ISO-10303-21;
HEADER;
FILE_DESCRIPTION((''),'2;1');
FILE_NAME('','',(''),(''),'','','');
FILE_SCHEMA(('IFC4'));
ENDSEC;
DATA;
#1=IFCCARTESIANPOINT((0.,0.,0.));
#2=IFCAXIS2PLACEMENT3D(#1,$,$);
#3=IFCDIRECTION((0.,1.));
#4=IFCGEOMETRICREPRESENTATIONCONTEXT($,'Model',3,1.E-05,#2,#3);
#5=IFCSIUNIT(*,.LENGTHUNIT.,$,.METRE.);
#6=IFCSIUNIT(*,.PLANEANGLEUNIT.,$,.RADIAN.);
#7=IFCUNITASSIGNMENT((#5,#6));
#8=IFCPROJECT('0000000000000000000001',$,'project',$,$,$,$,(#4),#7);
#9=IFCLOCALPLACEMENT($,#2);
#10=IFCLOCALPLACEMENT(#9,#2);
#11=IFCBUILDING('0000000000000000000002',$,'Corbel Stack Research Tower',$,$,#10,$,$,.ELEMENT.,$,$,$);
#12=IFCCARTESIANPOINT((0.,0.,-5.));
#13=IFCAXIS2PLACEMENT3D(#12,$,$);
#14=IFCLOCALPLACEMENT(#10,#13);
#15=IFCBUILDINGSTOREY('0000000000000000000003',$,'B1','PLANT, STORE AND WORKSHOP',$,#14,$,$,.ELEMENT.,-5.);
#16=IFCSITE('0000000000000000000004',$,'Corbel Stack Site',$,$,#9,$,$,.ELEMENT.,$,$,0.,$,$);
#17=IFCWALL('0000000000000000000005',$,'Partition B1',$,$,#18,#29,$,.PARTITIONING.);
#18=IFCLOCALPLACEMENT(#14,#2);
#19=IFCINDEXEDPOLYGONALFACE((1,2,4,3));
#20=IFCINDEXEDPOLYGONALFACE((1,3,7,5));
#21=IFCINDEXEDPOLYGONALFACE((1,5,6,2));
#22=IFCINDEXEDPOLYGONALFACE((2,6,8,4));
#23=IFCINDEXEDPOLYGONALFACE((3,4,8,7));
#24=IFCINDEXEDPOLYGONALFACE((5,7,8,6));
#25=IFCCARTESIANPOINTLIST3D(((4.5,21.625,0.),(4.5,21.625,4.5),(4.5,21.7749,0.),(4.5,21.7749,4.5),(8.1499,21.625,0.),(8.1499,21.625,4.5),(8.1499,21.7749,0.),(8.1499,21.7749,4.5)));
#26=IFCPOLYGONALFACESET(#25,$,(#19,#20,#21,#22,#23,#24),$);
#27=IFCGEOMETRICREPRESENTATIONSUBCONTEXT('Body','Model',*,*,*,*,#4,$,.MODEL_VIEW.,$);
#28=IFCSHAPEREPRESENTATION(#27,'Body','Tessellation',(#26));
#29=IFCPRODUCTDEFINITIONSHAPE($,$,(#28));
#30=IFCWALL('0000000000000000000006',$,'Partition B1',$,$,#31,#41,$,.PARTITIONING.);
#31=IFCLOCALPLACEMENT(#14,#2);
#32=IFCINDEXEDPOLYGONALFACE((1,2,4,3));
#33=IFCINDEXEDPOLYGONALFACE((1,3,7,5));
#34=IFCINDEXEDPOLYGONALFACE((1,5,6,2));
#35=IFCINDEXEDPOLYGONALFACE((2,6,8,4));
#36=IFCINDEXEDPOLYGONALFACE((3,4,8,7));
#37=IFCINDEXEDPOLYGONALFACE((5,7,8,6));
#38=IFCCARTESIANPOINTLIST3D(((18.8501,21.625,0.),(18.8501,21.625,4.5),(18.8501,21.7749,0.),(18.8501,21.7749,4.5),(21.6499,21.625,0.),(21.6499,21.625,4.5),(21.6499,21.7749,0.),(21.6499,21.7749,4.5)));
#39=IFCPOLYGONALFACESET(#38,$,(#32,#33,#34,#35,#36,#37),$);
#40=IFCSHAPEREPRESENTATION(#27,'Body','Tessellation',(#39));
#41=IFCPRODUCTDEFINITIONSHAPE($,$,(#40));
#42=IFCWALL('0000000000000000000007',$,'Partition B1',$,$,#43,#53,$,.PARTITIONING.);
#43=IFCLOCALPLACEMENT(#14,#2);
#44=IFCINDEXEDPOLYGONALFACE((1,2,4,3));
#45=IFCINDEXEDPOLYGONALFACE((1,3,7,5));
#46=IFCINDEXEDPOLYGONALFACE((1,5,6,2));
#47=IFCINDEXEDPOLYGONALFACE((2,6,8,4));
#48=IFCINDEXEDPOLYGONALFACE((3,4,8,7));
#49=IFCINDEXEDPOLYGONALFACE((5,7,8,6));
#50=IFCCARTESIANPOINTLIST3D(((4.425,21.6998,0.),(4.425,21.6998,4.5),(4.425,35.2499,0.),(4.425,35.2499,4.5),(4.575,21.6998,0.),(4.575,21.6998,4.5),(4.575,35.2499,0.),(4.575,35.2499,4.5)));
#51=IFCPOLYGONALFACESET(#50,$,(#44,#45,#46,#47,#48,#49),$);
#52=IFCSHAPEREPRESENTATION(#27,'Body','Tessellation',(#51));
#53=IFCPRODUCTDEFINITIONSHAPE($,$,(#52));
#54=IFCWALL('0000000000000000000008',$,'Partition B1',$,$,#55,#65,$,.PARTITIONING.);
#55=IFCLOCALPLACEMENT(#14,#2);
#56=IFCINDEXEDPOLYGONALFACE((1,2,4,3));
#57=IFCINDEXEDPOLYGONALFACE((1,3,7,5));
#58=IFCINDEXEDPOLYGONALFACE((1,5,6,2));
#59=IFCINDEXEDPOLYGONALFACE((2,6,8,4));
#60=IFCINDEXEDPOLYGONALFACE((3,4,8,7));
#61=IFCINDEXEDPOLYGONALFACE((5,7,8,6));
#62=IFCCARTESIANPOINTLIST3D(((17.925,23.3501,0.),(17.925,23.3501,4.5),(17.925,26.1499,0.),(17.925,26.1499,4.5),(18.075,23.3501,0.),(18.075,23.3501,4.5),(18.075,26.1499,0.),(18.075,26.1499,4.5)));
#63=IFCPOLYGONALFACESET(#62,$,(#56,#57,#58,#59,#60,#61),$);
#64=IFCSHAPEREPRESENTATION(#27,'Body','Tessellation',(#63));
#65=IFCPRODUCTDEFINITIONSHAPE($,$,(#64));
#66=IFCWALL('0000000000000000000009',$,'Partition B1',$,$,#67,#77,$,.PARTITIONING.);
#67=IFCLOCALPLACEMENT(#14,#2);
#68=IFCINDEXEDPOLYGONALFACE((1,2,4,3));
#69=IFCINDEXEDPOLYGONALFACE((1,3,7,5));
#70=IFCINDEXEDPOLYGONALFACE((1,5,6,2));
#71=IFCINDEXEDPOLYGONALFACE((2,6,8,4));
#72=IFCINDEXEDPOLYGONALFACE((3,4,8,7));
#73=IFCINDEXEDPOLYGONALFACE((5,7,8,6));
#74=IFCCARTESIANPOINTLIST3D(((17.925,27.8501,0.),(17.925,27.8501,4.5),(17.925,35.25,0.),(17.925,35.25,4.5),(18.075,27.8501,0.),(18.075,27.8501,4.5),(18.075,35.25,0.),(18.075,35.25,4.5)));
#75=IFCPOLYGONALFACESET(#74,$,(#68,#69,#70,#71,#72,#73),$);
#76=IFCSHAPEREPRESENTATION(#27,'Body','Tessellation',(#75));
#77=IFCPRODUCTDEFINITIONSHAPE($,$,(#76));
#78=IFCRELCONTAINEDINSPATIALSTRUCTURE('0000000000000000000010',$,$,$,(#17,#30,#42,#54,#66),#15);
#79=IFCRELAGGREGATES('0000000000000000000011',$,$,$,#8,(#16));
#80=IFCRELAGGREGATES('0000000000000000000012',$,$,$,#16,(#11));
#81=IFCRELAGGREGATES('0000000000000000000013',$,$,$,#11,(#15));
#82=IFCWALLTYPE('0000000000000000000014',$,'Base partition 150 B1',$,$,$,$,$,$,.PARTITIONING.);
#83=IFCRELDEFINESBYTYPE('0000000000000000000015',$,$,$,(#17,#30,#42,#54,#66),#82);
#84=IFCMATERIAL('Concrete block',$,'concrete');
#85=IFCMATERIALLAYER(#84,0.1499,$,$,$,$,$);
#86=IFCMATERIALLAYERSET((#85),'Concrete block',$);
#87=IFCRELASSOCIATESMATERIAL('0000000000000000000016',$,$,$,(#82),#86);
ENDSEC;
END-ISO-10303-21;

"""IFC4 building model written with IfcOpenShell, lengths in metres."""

from ifc_helpers import new_model, si_unit, direction, frame, frame_2d, origin, place, context, subcontext, project, spatial, rectangle, extrude, material, layer, layer_set, type_object, element, save


model = new_model("IFC4")

# Units and contexts
model_context = context("Model", 3, precision=1e-05, world=origin(), true_north=direction((0.0, 1.0)))
body_context = subcontext(model_context, "Body", "Model", "MODEL_VIEW")
ifc_project = project(units=[si_unit("LENGTHUNIT", "METRE"), si_unit("PLANEANGLEUNIT", "RADIAN")], contexts=[model_context])

# Site, building, storey
site_placement = place(None, origin())
site = spatial("IfcSite", under=ifc_project, at=site_placement, Name="Corbel Stack Site", CompositionType="ELEMENT", RefElevation=0.0)
building_placement = place(site_placement, origin())
building = spatial("IfcBuilding", under=site, at=building_placement, Name="Corbel Stack Research Tower", CompositionType="ELEMENT")
storey_placement = place(building_placement, frame((0.0, 0.0, -5.0)))
storey = spatial("IfcBuildingStorey", under=building, at=storey_placement, Name="B1", Description="PLANT, STORE AND WORKSHOP", CompositionType="ELEMENT", Elevation=-5.0)

# Shared definitions
ifc_material_1 = material(Name="Concrete block", Category="concrete")
ifc_layer_1 = layer(ifc_material_1, 0.1499)
ifc_layer_set_1 = layer_set([ifc_layer_1], Name="Concrete block")
wall_type_1 = type_object("IfcWallType", Name="Base partition 150 B1", PredefinedType="PARTITIONING", material=ifc_layer_set_1)

# Walls
wall_1_placement = place(storey_placement, frame((4.5, 21.7, 0.0), z_axis=(0.0, 0.0, 1.0), x_axis=(1.0, 0.0, 0.0)))
element("IfcWall", 1, at=wall_1_placement, inside=storey, type_object=wall_type_1, Name="Partition B1", PredefinedType="PARTITIONING", context=body_context, shape_type="SweptSolid", body=[
    extrude(rectangle(XDim=3.6499, YDim=0.1499, at=frame_2d((1.825, 0.0))), origin(), (0.0, 0.0, 1.0), 4.5),
])
wall_2_placement = place(storey_placement, frame((18.8501, 21.7, 0.0), z_axis=(0.0, 0.0, 1.0), x_axis=(1.0, 0.0, 0.0)))
element("IfcWall", 2, at=wall_2_placement, inside=storey, type_object=wall_type_1, Name="Partition B1", PredefinedType="PARTITIONING", context=body_context, shape_type="SweptSolid", body=[
    extrude(rectangle(XDim=2.7998, YDim=0.1499, at=frame_2d((1.3999, 0.0))), origin(), (0.0, 0.0, 1.0), 4.5),
])
wall_3_placement = place(storey_placement, frame((4.5, 21.7, 0.0), z_axis=(0.0, 0.0, 1.0), x_axis=(0.0, 1.0, 0.0)))
element("IfcWall", 3, at=wall_3_placement, inside=storey, type_object=wall_type_1, Name="Partition B1", PredefinedType="PARTITIONING", context=body_context, shape_type="SweptSolid", body=[
    extrude(rectangle(XDim=13.55, YDim=0.1499, at=frame_2d((6.7749, 0.0))), origin(), (0.0, 0.0, 1.0), 4.5),
])
wall_4_placement = place(storey_placement, frame((18.0, 23.3501, 0.0), z_axis=(0.0, 0.0, 1.0), x_axis=(0.0, 1.0, 0.0)))
element("IfcWall", 4, at=wall_4_placement, inside=storey, type_object=wall_type_1, Name="Partition B1", PredefinedType="PARTITIONING", context=body_context, shape_type="SweptSolid", body=[
    extrude(rectangle(XDim=2.7998, YDim=0.1499, at=frame_2d((1.3999, 0.0))), origin(), (0.0, 0.0, 1.0), 4.5),
])
wall_5_placement = place(storey_placement, frame((18.0, 27.8501, 0.0), z_axis=(0.0, 0.0, 1.0), x_axis=(0.0, 1.0, 0.0)))
element("IfcWall", 5, at=wall_5_placement, inside=storey, type_object=wall_type_1, Name="Partition B1", PredefinedType="PARTITIONING", context=body_context, shape_type="SweptSolid", body=[
    extrude(rectangle(XDim=7.3999, YDim=0.1499, at=frame_2d((3.7, 0.0))), origin(), (0.0, 0.0, 1.0), 4.5),
])

save(model, "model.ifc")
